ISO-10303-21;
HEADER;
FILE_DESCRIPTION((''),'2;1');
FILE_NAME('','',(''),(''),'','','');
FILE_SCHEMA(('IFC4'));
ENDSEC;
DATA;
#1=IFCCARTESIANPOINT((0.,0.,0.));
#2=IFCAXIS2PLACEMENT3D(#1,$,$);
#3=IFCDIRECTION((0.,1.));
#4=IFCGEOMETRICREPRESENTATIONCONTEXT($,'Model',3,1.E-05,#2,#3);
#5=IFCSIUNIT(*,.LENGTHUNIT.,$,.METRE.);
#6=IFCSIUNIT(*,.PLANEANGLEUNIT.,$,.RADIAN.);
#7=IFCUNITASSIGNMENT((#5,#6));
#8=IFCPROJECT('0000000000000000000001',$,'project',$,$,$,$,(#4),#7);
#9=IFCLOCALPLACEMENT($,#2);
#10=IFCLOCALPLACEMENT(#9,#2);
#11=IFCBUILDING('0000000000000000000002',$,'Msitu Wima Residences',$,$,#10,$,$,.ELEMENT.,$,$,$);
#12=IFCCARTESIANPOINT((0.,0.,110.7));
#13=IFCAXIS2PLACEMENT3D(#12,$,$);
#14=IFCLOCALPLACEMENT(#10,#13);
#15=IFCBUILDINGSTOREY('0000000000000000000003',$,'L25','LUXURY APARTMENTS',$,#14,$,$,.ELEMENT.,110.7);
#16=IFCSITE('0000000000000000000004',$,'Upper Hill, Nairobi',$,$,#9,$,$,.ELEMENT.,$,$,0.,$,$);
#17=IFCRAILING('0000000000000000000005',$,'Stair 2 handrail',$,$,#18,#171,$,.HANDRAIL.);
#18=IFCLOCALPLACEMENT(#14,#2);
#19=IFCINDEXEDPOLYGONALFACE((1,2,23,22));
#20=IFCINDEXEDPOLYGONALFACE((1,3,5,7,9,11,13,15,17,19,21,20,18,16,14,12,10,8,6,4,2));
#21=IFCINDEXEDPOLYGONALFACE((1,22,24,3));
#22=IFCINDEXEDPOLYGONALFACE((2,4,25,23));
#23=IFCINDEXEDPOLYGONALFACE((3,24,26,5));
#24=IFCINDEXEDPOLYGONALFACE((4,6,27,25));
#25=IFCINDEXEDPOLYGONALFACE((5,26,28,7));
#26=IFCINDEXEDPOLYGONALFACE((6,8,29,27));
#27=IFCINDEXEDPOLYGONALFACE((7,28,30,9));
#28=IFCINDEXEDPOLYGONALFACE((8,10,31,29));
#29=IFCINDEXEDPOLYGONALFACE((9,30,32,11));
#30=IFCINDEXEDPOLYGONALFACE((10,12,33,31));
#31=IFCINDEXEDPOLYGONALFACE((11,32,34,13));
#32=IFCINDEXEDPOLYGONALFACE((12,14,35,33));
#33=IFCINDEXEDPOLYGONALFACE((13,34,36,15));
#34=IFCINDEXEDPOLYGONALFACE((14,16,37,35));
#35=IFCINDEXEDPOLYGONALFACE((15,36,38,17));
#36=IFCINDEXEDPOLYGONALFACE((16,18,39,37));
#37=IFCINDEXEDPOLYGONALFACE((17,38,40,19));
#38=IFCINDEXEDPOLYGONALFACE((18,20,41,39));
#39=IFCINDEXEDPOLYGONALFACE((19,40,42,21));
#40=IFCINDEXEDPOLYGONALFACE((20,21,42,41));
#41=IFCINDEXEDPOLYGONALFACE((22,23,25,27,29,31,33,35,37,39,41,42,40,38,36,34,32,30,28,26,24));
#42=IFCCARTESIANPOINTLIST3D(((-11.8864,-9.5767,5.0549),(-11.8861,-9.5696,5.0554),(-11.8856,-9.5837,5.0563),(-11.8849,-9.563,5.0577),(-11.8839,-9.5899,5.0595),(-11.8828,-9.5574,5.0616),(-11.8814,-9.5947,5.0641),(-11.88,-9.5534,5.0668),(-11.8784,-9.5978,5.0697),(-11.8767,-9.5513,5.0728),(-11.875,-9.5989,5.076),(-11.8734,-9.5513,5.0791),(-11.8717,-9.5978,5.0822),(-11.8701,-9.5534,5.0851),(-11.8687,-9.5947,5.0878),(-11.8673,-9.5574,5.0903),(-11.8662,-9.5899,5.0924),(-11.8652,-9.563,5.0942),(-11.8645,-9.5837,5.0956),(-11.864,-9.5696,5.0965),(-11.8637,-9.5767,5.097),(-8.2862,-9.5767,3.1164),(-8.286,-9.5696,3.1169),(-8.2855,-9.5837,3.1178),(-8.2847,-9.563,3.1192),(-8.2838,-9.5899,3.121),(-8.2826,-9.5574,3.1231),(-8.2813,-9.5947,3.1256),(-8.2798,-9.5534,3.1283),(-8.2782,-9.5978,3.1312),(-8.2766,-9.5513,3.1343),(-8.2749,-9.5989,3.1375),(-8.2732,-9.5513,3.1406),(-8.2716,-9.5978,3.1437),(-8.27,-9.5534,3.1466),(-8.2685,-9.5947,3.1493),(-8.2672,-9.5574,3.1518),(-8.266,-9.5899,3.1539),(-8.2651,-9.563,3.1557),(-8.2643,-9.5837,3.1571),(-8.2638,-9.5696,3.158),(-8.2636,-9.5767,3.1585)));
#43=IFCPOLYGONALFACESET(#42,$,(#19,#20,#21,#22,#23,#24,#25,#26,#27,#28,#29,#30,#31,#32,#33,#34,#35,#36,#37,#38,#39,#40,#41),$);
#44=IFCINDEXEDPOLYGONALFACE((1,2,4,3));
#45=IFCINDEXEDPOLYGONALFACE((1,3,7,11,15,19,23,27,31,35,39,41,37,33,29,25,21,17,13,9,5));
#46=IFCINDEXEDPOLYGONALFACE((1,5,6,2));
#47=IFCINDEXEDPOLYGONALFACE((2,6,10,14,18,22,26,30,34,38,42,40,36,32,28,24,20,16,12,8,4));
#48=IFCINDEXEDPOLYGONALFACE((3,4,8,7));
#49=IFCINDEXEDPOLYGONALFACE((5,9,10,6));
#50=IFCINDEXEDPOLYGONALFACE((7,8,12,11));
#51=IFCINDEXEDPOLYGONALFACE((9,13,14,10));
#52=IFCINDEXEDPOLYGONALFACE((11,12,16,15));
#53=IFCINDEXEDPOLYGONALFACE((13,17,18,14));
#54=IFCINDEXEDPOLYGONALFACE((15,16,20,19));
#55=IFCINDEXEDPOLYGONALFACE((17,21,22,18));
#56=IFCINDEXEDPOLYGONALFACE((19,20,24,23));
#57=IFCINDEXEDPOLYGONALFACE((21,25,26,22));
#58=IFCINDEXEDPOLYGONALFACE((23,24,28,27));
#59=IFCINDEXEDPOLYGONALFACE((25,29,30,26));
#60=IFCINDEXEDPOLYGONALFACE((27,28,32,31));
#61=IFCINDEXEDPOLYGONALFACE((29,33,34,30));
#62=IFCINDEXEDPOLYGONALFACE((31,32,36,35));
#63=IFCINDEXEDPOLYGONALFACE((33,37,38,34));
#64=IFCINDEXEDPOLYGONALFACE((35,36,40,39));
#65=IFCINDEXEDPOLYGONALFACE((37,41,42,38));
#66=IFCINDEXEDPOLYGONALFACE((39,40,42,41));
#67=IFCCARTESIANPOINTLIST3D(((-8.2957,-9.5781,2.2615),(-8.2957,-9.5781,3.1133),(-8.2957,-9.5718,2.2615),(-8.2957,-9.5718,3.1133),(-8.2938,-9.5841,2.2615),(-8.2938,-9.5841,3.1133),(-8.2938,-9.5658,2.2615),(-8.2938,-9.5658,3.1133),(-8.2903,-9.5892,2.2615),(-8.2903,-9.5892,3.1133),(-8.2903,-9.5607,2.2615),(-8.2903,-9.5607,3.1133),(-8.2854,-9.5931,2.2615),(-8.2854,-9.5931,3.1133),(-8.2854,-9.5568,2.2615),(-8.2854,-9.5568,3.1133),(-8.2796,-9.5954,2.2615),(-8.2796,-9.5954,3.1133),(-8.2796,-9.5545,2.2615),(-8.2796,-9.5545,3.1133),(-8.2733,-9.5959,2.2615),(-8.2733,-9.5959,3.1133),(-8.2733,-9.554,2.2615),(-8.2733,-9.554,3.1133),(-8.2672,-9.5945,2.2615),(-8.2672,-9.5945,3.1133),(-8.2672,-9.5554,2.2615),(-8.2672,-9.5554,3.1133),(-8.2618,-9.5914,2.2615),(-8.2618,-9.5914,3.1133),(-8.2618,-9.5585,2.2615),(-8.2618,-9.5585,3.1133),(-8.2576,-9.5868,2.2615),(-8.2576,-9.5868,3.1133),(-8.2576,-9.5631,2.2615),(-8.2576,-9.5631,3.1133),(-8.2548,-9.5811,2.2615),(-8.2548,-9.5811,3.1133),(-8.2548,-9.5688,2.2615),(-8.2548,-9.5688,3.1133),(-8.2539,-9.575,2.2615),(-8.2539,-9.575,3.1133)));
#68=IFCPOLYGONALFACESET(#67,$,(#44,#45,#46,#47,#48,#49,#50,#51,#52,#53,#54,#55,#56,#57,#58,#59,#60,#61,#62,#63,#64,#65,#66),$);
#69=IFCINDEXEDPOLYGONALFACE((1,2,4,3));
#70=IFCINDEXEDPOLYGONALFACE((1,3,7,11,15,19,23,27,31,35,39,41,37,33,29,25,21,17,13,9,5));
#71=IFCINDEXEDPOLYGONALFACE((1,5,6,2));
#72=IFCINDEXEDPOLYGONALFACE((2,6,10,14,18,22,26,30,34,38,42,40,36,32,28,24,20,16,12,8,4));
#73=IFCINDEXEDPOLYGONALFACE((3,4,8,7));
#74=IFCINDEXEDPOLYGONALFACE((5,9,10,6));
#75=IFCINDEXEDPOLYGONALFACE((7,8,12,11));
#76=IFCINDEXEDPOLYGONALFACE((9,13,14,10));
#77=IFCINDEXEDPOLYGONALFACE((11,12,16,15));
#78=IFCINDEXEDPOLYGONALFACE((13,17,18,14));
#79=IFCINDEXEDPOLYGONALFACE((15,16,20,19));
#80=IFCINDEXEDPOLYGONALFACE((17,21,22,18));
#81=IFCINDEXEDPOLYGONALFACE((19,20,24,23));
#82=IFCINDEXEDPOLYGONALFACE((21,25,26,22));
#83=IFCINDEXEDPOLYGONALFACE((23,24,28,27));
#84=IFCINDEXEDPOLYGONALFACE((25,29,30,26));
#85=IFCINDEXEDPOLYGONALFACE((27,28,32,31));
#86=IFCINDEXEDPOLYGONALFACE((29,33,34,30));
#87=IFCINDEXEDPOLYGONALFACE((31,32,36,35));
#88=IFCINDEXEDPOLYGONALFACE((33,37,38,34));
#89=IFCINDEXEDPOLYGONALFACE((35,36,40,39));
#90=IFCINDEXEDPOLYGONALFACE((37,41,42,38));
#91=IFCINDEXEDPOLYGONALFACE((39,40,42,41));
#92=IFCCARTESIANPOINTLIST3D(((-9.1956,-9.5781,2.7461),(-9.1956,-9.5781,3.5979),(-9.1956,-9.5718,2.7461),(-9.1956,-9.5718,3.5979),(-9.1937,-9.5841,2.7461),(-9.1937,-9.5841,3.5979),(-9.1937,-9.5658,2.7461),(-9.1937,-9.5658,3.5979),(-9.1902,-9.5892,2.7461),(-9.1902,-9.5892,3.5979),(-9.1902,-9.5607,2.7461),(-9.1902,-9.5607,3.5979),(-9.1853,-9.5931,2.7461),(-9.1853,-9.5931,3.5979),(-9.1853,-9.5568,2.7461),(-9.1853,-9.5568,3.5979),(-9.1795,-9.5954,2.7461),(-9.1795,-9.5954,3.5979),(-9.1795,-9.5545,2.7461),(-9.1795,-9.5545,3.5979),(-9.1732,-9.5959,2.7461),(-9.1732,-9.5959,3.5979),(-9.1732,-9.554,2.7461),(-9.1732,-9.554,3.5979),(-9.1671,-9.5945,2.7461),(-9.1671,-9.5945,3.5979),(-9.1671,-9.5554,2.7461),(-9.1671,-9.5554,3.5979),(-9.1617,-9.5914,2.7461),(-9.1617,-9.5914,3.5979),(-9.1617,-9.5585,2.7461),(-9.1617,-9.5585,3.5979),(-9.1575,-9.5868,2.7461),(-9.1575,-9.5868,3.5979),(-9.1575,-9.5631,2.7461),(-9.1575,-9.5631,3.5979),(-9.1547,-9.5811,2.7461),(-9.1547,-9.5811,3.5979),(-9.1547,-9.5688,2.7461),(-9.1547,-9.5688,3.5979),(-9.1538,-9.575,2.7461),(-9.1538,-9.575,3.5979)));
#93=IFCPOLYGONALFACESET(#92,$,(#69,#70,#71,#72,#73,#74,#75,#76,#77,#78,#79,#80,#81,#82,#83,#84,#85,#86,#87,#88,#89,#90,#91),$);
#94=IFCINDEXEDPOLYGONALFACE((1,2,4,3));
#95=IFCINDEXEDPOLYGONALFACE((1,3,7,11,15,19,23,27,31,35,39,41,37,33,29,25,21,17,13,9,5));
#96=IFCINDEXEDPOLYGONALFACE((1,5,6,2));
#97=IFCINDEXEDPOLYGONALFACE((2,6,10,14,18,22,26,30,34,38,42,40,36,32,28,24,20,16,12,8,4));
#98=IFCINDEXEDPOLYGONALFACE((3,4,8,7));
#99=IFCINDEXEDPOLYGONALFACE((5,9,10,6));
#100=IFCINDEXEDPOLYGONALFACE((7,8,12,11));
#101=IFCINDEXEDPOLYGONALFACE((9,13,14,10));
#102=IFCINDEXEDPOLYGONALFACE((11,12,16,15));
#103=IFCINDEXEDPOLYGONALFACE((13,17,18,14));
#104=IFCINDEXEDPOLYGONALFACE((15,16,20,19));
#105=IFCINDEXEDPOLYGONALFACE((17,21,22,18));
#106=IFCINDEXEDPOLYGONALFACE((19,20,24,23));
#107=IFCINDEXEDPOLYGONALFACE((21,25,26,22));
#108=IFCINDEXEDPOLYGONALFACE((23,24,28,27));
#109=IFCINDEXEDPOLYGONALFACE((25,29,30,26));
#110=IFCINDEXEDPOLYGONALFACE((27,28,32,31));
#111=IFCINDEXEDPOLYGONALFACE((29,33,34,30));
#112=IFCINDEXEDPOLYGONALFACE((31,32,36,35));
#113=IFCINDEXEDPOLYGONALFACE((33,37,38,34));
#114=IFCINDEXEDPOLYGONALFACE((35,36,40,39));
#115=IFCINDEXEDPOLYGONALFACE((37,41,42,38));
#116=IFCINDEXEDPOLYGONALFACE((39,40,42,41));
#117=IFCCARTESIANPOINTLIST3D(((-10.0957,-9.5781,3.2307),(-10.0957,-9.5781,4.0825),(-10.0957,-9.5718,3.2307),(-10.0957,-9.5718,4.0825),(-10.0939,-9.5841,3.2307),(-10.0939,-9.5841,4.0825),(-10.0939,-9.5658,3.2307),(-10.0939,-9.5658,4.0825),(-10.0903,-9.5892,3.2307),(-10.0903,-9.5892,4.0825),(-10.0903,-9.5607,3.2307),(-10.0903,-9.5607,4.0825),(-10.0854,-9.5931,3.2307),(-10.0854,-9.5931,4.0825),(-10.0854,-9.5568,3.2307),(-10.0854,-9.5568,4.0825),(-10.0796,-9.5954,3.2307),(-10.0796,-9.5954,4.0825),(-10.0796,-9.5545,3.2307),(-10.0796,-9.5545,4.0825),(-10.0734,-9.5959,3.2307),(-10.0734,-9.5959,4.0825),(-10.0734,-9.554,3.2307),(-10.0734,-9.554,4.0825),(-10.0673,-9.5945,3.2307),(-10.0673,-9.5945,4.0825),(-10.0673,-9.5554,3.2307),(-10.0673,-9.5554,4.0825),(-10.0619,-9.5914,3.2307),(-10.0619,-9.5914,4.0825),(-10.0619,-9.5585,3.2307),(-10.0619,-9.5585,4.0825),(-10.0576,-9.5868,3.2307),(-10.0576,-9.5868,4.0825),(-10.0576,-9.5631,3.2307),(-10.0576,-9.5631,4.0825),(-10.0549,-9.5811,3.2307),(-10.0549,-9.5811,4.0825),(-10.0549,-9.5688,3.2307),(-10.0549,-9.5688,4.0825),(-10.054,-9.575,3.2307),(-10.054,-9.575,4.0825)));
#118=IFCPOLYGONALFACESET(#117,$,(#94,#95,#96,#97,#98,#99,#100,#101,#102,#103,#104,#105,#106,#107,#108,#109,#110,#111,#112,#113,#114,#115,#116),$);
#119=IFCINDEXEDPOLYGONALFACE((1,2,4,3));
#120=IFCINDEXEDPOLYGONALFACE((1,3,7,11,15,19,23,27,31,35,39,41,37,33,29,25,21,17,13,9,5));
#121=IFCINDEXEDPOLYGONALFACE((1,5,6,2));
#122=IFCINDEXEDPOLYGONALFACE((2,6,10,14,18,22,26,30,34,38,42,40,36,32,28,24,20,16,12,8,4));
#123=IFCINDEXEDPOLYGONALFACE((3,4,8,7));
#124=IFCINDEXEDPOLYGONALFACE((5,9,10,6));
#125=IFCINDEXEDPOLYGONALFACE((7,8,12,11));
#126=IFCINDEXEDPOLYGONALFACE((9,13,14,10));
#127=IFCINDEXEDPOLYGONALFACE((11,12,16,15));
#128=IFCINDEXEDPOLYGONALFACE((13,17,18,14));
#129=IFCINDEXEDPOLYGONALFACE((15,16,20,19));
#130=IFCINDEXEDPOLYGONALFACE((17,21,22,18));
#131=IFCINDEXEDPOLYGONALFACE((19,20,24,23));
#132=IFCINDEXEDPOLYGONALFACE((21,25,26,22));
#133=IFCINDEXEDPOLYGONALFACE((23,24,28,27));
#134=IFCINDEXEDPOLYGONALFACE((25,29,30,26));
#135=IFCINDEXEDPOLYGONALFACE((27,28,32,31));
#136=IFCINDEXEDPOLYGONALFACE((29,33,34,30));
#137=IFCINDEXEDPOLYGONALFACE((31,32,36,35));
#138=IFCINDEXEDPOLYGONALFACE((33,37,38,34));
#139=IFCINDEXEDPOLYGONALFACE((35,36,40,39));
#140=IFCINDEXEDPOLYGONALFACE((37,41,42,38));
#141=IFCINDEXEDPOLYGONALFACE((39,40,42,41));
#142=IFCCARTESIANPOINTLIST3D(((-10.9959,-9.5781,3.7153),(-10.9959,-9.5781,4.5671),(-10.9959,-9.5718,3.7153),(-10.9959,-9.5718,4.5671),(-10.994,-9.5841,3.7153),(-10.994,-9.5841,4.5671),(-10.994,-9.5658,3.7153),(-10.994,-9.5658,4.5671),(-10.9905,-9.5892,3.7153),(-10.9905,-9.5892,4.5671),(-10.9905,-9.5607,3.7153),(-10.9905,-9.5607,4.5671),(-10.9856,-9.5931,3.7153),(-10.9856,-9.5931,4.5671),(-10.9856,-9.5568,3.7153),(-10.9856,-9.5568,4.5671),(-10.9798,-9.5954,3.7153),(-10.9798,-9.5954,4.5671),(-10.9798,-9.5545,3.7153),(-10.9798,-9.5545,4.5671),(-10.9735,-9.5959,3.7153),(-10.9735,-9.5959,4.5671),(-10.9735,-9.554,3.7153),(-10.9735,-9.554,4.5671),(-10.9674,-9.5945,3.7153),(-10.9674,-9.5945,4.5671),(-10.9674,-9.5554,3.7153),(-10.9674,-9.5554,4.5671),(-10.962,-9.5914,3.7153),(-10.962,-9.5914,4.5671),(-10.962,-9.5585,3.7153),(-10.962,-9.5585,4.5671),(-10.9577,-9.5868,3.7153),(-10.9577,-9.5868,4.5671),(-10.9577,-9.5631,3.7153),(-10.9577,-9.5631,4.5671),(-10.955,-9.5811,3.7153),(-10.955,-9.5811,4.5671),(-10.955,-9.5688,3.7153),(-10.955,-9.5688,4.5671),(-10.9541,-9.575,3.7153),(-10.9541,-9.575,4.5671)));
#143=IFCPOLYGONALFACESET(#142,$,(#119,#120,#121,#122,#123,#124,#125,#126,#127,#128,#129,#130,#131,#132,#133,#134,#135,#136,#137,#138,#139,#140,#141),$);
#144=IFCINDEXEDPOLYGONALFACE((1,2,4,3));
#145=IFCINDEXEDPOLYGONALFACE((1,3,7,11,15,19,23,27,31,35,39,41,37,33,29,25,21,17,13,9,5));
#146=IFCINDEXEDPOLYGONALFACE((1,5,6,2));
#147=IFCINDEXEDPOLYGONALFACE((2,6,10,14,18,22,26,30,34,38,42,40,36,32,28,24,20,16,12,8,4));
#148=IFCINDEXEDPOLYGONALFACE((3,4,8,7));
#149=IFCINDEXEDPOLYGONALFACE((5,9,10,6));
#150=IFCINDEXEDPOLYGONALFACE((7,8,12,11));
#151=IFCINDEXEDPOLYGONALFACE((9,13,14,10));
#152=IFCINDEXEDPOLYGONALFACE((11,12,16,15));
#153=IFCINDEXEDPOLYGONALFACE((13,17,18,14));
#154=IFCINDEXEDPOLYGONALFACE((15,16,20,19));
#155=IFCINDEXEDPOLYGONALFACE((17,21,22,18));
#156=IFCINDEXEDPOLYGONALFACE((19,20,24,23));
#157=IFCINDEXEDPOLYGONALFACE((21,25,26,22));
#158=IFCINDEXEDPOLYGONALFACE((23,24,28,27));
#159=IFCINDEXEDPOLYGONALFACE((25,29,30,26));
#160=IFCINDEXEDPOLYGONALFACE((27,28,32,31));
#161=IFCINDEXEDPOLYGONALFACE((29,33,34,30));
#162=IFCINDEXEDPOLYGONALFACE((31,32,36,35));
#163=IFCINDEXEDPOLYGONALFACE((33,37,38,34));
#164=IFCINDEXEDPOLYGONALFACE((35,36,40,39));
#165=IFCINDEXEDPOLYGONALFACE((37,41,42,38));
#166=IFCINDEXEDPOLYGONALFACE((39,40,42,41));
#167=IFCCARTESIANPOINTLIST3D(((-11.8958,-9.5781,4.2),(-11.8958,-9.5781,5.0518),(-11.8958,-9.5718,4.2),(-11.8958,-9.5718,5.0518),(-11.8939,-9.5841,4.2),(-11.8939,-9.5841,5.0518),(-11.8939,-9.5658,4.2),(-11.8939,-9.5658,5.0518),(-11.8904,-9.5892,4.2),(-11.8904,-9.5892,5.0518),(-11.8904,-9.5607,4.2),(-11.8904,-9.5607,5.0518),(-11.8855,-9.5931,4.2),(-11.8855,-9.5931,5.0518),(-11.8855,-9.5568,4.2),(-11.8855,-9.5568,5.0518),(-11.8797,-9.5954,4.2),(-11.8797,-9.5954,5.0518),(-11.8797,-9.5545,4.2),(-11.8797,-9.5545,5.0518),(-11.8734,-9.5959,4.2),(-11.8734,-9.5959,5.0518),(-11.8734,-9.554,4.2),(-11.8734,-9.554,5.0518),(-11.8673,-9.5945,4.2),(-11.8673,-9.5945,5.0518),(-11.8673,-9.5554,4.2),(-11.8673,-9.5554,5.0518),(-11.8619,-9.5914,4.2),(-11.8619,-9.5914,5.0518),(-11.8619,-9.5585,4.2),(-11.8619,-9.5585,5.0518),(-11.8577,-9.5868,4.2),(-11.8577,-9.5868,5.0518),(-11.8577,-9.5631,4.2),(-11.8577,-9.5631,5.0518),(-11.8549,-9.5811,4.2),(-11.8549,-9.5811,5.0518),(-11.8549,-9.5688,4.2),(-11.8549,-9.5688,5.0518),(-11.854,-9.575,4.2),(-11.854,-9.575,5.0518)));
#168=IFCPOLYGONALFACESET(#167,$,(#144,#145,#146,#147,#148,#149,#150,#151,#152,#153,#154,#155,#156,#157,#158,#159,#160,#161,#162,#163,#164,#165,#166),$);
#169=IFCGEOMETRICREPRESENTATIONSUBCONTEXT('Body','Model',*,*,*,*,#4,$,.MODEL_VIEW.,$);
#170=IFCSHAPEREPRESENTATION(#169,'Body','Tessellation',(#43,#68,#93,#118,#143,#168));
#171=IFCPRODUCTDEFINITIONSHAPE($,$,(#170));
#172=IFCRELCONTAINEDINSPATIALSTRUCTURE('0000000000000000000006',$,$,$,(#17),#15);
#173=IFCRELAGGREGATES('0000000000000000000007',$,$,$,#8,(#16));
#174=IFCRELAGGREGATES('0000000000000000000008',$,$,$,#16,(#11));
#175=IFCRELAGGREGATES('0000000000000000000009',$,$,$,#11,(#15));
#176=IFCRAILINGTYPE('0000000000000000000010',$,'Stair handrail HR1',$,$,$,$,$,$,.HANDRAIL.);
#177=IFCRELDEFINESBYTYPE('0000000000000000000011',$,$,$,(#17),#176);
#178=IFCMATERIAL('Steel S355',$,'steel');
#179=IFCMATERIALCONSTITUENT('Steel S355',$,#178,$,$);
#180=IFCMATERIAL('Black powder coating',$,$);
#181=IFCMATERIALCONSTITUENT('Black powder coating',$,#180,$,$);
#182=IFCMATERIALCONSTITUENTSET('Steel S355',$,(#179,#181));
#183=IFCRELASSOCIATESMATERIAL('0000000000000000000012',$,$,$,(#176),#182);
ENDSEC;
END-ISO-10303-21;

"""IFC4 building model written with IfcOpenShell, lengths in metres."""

from ifc_helpers import new_model, si_unit, direction, frame, origin, origin_2d, place, context, subcontext, project, spatial, circle, extrude, material, constituent, constituent_set, type_object, element, save


model = new_model("IFC4")

# Units and contexts
model_context = context("Model", 3, precision=1e-05, world=origin(), true_north=direction((0.0, 1.0)))
body_context = subcontext(model_context, "Body", "Model", "MODEL_VIEW")
ifc_project = project(units=[si_unit("LENGTHUNIT", "METRE"), si_unit("PLANEANGLEUNIT", "RADIAN")], contexts=[model_context])

# Site, building, storey
site_placement = place(None, origin())
site = spatial("IfcSite", under=ifc_project, at=site_placement, Name="Upper Hill, Nairobi", CompositionType="ELEMENT", RefElevation=0.0)
building_placement = place(site_placement, origin())
building = spatial("IfcBuilding", under=site, at=building_placement, Name="Msitu Wima Residences", CompositionType="ELEMENT")
storey_placement = place(building_placement, frame((0.0, 0.0, 110.7)))
storey = spatial("IfcBuildingStorey", under=building, at=storey_placement, Name="L25", Description="LUXURY APARTMENTS", CompositionType="ELEMENT", Elevation=110.7)

# Railing
ifc_material_1 = material(Name="Steel S355", Category="steel")
ifc_constituent_1 = constituent(ifc_material_1, Name="Steel S355")
ifc_material_2 = material(Name="Black powder coating")
ifc_constituent_2 = constituent(ifc_material_2, Name="Black powder coating")
ifc_constituent_set = constituent_set(constituents=[ifc_constituent_1, ifc_constituent_2], Name="Steel S355")
railing_type = type_object("IfcRailingType", Name="Stair handrail HR1", PredefinedType="HANDRAIL", material=ifc_constituent_set)
for number, where, name in (
    (1, (-8.2749, -9.575, 2.2615), "Stair 2 handrail"),
):
    element("IfcRailing", number, at=place(storey_placement, frame(where)), inside=storey, type_object=railing_type, Name=name, PredefinedType="HANDRAIL", context=body_context, shape_type="SweptSolid", body=[
        extrude(circle(Radius=0.0239, at=origin_2d()), frame((0.0, 0.0, 0.876), z_axis=(-0.880475, 0.0, 0.474093), x_axis=(0.0, -1.0, 0.0)), (0.0, 0.0, 1.0), 4.0889),
        extrude(circle(Radius=0.021, at=origin_2d()), origin(), (0.0, 0.0, 1.0), 0.8518),
        extrude(circle(Radius=0.021, at=origin_2d()), frame((-0.8999, 0.0, 0.4846)), (0.0, 0.0, 1.0), 0.8518),
        extrude(circle(Radius=0.021, at=origin_2d()), frame((-1.8, 0.0, 0.9692)), (0.0, 0.0, 1.0), 0.8518),
        extrude(circle(Radius=0.021, at=origin_2d()), frame((-2.7002, 0.0, 1.4539)), (0.0, 0.0, 1.0), 0.8518),
        extrude(circle(Radius=0.021, at=origin_2d()), frame((-3.6001, 0.0, 1.9385)), (0.0, 0.0, 1.0), 0.8518),
    ])

save(model, "model.ifc")
